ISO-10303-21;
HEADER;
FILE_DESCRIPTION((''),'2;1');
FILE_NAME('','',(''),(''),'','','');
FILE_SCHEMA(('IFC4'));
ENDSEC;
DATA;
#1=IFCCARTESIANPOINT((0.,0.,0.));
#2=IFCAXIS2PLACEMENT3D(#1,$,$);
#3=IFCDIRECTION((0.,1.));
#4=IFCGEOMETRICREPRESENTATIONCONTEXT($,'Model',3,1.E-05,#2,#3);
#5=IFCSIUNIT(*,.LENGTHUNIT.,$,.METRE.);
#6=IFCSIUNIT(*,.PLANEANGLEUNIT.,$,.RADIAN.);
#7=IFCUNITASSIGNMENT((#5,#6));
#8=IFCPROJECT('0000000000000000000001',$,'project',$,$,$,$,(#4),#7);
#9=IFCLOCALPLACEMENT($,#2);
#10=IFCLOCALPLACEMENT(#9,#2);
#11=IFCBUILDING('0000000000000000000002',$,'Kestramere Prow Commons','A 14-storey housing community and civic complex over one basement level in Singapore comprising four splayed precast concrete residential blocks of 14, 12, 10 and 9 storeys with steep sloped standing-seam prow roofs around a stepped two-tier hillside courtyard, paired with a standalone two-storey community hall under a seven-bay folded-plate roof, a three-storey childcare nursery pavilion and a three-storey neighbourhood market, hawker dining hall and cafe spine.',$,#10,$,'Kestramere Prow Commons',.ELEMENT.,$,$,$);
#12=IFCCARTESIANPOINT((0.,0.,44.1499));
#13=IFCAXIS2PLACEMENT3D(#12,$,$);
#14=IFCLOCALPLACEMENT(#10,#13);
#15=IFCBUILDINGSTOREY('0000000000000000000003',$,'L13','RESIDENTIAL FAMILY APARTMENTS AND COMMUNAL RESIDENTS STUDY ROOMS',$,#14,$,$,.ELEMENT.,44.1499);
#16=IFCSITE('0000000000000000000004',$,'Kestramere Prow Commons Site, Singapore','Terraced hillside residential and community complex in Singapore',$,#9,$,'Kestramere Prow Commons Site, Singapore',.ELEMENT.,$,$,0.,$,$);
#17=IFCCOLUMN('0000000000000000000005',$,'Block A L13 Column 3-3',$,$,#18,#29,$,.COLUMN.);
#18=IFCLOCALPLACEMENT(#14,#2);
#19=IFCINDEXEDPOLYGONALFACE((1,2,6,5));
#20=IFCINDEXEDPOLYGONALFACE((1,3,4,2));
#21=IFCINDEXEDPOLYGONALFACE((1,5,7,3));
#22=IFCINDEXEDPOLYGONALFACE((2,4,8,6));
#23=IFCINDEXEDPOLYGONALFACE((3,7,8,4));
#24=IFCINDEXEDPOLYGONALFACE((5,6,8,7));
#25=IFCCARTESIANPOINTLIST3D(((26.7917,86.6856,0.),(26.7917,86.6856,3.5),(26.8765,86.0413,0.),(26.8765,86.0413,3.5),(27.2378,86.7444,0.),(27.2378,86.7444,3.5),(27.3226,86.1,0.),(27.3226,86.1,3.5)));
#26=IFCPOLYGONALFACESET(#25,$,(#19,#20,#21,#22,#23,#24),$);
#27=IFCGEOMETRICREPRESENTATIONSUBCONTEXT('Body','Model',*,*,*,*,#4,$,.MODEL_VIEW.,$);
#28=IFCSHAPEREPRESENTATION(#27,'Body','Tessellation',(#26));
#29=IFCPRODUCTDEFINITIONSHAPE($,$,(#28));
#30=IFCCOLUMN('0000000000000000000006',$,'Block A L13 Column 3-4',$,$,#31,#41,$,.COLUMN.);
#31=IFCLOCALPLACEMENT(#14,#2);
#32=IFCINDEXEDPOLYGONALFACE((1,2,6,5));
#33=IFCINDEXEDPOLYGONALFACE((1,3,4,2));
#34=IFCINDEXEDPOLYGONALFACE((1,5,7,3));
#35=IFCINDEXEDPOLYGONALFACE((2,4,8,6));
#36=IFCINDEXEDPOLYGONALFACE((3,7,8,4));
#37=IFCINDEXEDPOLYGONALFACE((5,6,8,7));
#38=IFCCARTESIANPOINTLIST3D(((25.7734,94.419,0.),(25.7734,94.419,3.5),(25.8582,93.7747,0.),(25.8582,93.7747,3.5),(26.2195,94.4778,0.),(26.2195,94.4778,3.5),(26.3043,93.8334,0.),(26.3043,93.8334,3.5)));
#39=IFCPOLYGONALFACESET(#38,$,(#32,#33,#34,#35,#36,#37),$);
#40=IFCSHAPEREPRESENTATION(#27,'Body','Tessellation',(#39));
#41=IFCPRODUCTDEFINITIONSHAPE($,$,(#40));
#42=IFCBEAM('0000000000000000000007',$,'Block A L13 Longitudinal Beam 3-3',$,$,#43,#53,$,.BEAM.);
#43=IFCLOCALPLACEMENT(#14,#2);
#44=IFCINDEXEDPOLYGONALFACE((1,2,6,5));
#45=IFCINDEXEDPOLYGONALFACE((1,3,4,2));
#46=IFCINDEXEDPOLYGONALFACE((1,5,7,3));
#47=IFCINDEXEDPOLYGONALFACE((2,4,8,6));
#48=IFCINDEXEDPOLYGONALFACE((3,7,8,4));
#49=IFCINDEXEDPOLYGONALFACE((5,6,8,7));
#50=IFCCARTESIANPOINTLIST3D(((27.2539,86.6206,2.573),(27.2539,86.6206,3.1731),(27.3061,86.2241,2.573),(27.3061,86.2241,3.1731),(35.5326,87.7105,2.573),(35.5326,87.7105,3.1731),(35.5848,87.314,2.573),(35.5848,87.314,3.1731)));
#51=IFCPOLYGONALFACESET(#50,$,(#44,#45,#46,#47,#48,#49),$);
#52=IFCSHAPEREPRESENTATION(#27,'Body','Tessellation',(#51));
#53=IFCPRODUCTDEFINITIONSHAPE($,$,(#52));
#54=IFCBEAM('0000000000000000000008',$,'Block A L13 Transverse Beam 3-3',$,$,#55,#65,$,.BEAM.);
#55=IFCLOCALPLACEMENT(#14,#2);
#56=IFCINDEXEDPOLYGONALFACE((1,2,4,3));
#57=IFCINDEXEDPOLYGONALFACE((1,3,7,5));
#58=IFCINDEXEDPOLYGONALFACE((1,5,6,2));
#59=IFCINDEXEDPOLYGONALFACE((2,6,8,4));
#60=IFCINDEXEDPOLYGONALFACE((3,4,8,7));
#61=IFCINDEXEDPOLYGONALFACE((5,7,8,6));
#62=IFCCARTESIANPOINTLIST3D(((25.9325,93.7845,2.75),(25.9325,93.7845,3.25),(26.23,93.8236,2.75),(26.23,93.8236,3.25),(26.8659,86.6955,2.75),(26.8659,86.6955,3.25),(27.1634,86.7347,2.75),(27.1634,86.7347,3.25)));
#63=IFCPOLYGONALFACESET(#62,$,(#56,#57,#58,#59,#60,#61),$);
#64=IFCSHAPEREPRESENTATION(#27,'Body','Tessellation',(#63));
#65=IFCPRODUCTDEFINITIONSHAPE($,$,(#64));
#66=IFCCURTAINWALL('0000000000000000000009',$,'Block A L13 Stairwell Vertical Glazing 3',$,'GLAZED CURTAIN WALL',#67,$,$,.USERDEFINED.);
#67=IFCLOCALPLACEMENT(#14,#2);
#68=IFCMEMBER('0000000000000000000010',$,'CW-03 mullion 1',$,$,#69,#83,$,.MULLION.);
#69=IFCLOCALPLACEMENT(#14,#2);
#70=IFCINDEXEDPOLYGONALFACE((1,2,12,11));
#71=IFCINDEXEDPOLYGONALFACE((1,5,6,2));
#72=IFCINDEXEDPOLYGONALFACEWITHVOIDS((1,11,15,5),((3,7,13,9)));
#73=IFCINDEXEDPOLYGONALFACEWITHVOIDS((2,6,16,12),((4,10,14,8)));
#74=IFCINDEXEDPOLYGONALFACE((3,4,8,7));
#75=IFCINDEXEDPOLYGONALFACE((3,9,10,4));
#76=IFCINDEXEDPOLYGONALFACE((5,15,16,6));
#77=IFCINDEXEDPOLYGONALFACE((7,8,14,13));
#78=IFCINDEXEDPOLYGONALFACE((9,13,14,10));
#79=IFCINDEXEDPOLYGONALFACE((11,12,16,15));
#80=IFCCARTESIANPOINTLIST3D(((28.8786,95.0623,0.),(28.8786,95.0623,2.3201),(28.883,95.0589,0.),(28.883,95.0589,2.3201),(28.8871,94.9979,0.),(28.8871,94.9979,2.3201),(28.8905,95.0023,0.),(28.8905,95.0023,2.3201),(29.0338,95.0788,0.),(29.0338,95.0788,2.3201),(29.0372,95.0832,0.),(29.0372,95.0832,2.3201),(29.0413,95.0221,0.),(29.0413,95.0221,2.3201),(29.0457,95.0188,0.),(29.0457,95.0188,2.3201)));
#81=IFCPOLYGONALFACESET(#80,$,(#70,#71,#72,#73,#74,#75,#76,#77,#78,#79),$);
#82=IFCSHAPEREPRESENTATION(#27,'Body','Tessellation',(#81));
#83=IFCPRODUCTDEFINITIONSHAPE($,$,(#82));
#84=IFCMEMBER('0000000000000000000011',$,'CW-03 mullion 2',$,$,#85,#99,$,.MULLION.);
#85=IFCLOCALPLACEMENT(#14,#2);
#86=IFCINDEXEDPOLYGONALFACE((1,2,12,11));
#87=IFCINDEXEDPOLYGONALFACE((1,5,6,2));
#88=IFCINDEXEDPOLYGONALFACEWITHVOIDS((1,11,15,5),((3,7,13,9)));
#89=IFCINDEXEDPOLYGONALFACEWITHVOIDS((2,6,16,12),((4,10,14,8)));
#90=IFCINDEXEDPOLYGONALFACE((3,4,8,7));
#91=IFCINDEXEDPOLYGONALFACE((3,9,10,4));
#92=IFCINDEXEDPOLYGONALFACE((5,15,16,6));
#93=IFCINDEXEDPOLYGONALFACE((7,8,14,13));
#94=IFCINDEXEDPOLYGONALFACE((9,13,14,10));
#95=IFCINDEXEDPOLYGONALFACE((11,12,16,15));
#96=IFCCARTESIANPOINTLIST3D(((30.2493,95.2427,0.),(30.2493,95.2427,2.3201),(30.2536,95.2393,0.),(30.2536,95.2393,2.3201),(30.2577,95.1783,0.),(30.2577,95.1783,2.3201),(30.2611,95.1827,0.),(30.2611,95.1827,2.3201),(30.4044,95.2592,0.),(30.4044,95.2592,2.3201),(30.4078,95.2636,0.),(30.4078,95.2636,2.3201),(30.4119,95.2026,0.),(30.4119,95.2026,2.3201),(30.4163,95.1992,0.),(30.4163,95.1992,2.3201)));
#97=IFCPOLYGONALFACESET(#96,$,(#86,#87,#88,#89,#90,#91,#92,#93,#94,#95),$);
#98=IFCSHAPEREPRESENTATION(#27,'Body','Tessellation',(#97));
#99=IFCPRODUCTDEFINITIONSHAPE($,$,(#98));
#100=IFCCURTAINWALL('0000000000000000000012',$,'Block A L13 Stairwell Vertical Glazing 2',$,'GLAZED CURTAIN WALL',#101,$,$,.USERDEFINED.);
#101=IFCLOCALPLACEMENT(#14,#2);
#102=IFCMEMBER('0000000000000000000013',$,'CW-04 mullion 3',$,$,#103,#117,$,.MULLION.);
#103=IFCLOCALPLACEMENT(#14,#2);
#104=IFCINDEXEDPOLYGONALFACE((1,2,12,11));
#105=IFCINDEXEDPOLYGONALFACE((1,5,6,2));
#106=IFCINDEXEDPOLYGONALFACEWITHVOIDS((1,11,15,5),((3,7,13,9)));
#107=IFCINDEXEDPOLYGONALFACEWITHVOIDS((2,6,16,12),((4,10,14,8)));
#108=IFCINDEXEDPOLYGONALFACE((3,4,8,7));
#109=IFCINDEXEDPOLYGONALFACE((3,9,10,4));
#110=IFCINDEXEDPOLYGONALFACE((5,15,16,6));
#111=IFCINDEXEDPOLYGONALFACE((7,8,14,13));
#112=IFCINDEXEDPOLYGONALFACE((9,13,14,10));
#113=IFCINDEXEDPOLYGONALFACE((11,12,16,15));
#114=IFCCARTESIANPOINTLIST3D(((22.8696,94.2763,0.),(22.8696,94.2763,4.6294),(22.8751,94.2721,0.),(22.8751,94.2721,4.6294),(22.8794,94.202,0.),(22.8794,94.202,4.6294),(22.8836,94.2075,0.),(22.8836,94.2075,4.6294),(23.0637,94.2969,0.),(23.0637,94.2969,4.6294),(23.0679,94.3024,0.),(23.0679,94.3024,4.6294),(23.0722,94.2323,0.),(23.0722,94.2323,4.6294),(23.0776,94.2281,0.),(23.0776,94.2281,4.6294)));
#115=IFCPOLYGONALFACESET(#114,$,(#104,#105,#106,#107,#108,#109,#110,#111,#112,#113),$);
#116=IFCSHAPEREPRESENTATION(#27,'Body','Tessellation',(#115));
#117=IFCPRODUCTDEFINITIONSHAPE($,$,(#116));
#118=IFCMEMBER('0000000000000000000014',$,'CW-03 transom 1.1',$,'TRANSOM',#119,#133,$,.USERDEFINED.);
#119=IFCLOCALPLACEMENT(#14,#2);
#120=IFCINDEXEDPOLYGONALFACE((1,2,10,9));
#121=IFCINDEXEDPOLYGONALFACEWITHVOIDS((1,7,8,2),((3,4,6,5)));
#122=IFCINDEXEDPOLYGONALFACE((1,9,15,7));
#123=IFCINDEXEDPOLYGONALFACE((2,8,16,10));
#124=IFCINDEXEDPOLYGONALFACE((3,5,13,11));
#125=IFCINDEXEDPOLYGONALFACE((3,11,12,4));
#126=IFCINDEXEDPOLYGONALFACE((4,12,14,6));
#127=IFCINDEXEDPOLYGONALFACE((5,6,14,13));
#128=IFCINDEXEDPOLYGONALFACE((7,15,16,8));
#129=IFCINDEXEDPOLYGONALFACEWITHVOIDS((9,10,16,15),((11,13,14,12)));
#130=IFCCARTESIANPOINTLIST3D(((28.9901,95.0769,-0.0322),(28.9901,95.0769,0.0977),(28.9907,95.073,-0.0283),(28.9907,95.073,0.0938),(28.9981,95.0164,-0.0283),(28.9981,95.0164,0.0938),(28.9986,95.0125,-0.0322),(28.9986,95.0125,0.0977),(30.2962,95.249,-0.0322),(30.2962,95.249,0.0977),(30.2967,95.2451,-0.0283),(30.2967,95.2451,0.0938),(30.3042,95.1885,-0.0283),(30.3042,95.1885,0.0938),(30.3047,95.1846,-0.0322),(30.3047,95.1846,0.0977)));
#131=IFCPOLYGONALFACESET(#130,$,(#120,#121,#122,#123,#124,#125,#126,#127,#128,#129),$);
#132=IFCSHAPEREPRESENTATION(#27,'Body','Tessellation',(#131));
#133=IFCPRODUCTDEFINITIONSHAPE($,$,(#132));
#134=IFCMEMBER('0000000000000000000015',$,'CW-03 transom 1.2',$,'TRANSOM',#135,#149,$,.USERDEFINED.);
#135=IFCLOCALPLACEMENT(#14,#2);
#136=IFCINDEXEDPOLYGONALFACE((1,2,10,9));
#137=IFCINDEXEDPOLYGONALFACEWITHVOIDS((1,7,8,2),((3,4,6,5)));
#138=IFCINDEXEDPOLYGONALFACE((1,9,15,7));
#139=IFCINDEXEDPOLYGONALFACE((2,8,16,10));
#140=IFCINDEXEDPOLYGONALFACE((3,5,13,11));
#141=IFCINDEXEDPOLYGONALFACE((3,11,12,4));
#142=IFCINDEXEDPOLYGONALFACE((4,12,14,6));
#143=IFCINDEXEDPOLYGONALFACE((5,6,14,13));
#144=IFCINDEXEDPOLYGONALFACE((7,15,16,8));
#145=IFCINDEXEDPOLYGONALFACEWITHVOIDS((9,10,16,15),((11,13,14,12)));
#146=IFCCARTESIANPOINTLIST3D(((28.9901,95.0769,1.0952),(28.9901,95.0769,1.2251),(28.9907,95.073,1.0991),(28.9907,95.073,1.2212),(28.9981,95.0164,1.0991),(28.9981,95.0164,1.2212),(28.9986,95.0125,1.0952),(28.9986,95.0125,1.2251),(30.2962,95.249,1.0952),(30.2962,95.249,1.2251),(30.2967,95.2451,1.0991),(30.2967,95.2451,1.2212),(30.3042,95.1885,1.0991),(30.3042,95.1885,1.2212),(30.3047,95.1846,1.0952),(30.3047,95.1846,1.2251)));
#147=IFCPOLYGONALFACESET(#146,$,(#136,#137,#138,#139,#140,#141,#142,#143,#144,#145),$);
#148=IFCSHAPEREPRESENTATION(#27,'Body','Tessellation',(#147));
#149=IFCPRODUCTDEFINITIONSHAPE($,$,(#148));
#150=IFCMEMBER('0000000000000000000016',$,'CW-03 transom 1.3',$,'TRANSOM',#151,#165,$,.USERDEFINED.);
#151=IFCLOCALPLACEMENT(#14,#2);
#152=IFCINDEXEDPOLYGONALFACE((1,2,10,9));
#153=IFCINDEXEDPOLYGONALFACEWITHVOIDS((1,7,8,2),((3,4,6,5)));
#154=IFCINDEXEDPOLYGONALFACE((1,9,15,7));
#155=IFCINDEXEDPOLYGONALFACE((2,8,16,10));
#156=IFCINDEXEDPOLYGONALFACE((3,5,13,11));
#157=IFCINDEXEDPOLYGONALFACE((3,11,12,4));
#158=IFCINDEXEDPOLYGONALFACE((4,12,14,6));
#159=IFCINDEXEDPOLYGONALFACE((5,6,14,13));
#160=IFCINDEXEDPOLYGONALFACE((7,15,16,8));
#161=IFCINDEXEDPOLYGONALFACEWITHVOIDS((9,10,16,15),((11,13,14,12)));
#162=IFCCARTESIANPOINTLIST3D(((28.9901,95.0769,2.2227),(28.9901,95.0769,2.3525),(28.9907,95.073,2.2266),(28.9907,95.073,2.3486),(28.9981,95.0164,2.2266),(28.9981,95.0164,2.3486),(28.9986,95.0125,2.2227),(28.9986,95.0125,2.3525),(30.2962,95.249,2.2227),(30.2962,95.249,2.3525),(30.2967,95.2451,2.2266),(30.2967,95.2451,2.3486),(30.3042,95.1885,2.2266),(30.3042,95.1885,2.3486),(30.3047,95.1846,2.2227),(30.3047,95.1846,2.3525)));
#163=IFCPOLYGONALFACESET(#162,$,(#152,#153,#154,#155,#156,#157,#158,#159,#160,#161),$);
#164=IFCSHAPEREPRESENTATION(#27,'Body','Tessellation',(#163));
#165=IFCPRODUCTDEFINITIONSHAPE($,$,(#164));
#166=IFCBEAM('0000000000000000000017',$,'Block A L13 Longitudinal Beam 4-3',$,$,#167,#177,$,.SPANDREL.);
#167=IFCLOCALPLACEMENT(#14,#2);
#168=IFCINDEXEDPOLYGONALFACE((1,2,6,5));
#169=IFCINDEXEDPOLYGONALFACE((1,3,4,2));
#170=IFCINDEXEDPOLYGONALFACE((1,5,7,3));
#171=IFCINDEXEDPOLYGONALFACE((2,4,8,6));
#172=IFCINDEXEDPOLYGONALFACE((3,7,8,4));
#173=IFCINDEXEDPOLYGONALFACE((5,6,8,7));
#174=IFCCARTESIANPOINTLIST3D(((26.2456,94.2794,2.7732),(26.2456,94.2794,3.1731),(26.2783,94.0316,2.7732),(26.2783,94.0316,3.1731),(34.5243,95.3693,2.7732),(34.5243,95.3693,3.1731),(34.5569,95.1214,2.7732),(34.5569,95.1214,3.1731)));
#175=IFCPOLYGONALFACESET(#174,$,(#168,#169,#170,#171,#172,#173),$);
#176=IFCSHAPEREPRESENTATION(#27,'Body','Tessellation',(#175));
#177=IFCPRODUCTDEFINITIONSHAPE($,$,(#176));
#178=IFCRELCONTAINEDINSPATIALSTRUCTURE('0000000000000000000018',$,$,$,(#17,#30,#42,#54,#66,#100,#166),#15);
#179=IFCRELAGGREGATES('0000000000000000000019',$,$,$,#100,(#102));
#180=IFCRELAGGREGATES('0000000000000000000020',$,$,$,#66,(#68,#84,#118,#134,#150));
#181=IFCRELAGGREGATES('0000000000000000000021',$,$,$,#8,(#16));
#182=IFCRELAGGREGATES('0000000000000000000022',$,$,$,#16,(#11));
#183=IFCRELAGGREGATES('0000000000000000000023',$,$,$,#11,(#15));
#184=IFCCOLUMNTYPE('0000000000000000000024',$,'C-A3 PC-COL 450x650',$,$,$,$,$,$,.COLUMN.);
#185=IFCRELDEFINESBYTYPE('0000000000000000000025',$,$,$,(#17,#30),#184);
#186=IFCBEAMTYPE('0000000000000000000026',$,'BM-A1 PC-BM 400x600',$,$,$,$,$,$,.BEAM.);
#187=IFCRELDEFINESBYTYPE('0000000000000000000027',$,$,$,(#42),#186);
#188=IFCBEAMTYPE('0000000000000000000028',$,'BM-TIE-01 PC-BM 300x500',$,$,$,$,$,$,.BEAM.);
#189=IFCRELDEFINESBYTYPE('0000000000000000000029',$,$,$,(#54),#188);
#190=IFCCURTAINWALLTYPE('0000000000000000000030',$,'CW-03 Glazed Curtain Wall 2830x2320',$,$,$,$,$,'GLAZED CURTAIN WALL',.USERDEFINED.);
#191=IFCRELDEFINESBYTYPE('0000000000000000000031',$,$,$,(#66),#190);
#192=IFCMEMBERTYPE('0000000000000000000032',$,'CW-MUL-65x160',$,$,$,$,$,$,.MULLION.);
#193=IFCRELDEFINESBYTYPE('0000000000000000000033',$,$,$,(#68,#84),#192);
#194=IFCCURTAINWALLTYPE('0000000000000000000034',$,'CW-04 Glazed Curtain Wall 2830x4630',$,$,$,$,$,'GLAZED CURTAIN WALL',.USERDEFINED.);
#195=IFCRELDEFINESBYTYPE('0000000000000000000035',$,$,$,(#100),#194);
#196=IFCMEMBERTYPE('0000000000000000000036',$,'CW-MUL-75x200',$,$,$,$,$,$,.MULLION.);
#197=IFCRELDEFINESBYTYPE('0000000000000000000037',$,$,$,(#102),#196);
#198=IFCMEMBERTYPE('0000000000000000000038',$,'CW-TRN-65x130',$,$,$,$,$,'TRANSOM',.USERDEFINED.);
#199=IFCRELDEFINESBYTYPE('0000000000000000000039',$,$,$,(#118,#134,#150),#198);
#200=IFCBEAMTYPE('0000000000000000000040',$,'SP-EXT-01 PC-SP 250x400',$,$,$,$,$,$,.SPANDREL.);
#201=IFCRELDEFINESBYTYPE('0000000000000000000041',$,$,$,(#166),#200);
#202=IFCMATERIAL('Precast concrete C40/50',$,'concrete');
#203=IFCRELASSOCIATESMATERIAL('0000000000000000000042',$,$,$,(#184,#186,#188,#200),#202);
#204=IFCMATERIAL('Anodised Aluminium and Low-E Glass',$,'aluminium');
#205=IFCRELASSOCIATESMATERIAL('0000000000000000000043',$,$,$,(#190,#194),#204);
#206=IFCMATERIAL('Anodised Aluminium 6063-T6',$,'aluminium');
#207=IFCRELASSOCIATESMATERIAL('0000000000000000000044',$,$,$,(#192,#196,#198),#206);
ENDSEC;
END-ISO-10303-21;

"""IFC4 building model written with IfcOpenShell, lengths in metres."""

from ifc_helpers import new_model, si_unit, direction, frame, origin, origin_2d, place, context, subcontext, project, spatial, rectangle, hollow_rectangle, extrude, material, material_profile, profile_set, type_object, element, aggregate, save


model = new_model("IFC4")

# Units and contexts
model_context = context("Model", 3, precision=1e-05, world=origin(), true_north=direction((0.0, 1.0)))
body_context = subcontext(model_context, "Body", "Model", "MODEL_VIEW")
ifc_project = project(units=[si_unit("LENGTHUNIT", "METRE"), si_unit("PLANEANGLEUNIT", "RADIAN")], contexts=[model_context])

# Site, building, storey
site_placement = place(None, origin())
site = spatial("IfcSite", under=ifc_project, at=site_placement, Name="Kestramere Prow Commons Site, Singapore", Description="Terraced hillside residential and community complex in Singapore", LongName="Kestramere Prow Commons Site, Singapore", CompositionType="ELEMENT", RefElevation=0.0)
building_placement = place(site_placement, origin())
building = spatial("IfcBuilding", under=site, at=building_placement, Name="Kestramere Prow Commons", Description="A 14-storey housing community and civic complex over one basement level in Singapore comprising four splayed precast concrete residential blocks of 14, 12, 10 and 9 storeys with steep sloped standing-seam prow roofs around a stepped two-tier hillside courtyard, paired with a standalone two-storey community hall under a seven-bay folded-plate roof, a three-storey childcare nursery pavilion and a three-storey neighbourhood market, hawker dining hall and cafe spine.", LongName="Kestramere Prow Commons", CompositionType="ELEMENT")
storey_placement = place(building_placement, frame((0.0, 0.0, 44.1499)))
storey = spatial("IfcBuildingStorey", under=building, at=storey_placement, Name="L13", Description="RESIDENTIAL FAMILY APARTMENTS AND COMMUNAL RESIDENTS STUDY ROOMS", CompositionType="ELEMENT", Elevation=44.1499)

# Columns
ifc_material_1 = material(Name="Precast concrete C40/50", Category="concrete")
ifc_material_profile_1 = material_profile(ifc_material_1, rectangle(XDim=0.45, YDim=0.6499, at=origin_2d()), Name="PC-COL 450x650")
ifc_profile_set_1 = profile_set([ifc_material_profile_1], Name="Precast concrete C40/50")
column_type = type_object("IfcColumnType", Name="C-A3 PC-COL 450x650", PredefinedType="COLUMN", material=ifc_profile_set_1)
for number, where, z_axis, x_axis, name in (
    (1, (27.0571, 86.3928, 0.0), (0.0, 0.0, 1.0), (0.991445, 0.130526, 0.0), "Block A L13 Column 3-3"),
    (2, (26.0388, 94.1262, 0.0), (0.0, 0.0, 1.0), (0.991445, 0.130526, 0.0), "Block A L13 Column 3-4"),
):
    element("IfcColumn", number, at=place(storey_placement, frame(where, z_axis=z_axis, x_axis=x_axis)), inside=storey, type_object=column_type, Name=name, PredefinedType="COLUMN", context=body_context, shape_type="SweptSolid", body=[
        extrude(rectangle(XDim=0.45, YDim=0.6499, at=origin_2d()), origin(), (0.0, 0.0, 1.0), 3.5),
    ])

# Beams
ifc_material_profile_2 = material_profile(ifc_material_1, rectangle(XDim=0.3999, YDim=0.6001, at=origin_2d()), Name="PC-BM 400x600")
ifc_profile_set_2 = profile_set([ifc_material_profile_2], Name="Precast concrete C40/50")
beam_type_1 = type_object("IfcBeamType", Name="BM-A1 PC-BM 400x600", PredefinedType="BEAM", material=ifc_profile_set_2)
beam_1_placement = place(storey_placement, frame((27.28, 86.4224, 2.873), z_axis=(0.991446, 0.13052, 0.0), x_axis=(-0.13052, 0.991446, 0.0)))
element("IfcBeam", 3, at=beam_1_placement, inside=storey, type_object=beam_type_1, Name="Block A L13 Longitudinal Beam 3-3", PredefinedType="BEAM", context=body_context, shape_type="SweptSolid", body=[
    extrude(rectangle(XDim=0.3999, YDim=0.6001, at=origin_2d()), origin(), (0.0, 0.0, 1.0), 8.3501),
])
ifc_material_profile_3 = material_profile(ifc_material_1, rectangle(XDim=0.3, YDim=0.5, at=origin_2d()), Name="PC-BM 300x500")
ifc_profile_set_3 = profile_set([ifc_material_profile_3], Name="Precast concrete C40/50")
beam_type_2 = type_object("IfcBeamType", Name="BM-TIE-01 PC-BM 300x500", PredefinedType="BEAM", material=ifc_profile_set_3)
beam_2_placement = place(storey_placement, frame((27.0146, 86.7151, 3.0), z_axis=(-0.130538, 0.991443, 0.0), x_axis=(-0.991443, -0.130538, 0.0)))
element("IfcBeam", 4, at=beam_2_placement, inside=storey, type_object=beam_type_2, Name="Block A L13 Transverse Beam 3-3", PredefinedType="BEAM", context=body_context, shape_type="SweptSolid", body=[
    extrude(rectangle(XDim=0.3, YDim=0.5, at=origin_2d()), origin(), (0.0, 0.0, 1.0), 7.1501),
])

# Curtain wall, members
ifc_material_2 = material(Name="Anodised Aluminium and Low-E Glass", Category="aluminium")
curtain_wall_type_1 = type_object("IfcCurtainWallType", Name="CW-03 Glazed Curtain Wall 2830x2320", ElementType="GLAZED CURTAIN WALL", PredefinedType="USERDEFINED", material=ifc_material_2)
curtain_wall_1_placement = place(storey_placement, origin())
curtain_wall_1 = element("IfcCurtainWall", 5, at=curtain_wall_1_placement, inside=storey, type_object=curtain_wall_type_1, Name="Block A L13 Stairwell Vertical Glazing 3", ObjectType="GLAZED CURTAIN WALL", PredefinedType="USERDEFINED")
ifc_material_3 = material(Name="Anodised Aluminium 6063-T6", Category="aluminium")
ifc_material_profile_4 = material_profile(ifc_material_3, hollow_rectangle(XDim=0.0649, YDim=0.1599, WallThickness=0.0039, at=origin_2d()), Name="ALU-MUL 65x160")
ifc_profile_set_4 = profile_set([ifc_material_profile_4], Name="Anodised Aluminium 6063-T6")
member_type_1 = type_object("IfcMemberType", Name="CW-MUL-65x160", PredefinedType="MULLION", material=ifc_profile_set_4)
member_1_placement = place(storey_placement, frame((28.9622, 95.0405, 0.0), z_axis=(0.0, 0.0, 1.0), x_axis=(-0.130526, 0.991445, 0.0)))
member_1 = element("IfcMember", 6, at=member_1_placement, type_object=member_type_1, Name="CW-03 mullion 1", PredefinedType="MULLION", context=body_context, shape_type="SweptSolid", body=[
    extrude(hollow_rectangle(XDim=0.0649, YDim=0.1599, WallThickness=0.0039, at=origin_2d()), origin(), (0.0, 0.0, 1.0), 2.3201),
])
member_2_placement = place(storey_placement, frame((30.3328, 95.2209, 0.0), z_axis=(0.0, 0.0, 1.0), x_axis=(-0.130526, 0.991445, 0.0)))
member_2 = element("IfcMember", 7, at=member_2_placement, type_object=member_type_1, Name="CW-03 mullion 2", PredefinedType="MULLION", context=body_context, shape_type="SweptSolid", body=[
    extrude(hollow_rectangle(XDim=0.0649, YDim=0.1599, WallThickness=0.0039, at=origin_2d()), origin(), (0.0, 0.0, 1.0), 2.3201),
])

# Curtain wall, member
curtain_wall_type_2 = type_object("IfcCurtainWallType", Name="CW-04 Glazed Curtain Wall 2830x4630", ElementType="GLAZED CURTAIN WALL", PredefinedType="USERDEFINED", material=ifc_material_2)
curtain_wall_2_placement = place(storey_placement, origin())
curtain_wall_2 = element("IfcCurtainWall", 8, at=curtain_wall_2_placement, inside=storey, type_object=curtain_wall_type_2, Name="Block A L13 Stairwell Vertical Glazing 2", ObjectType="GLAZED CURTAIN WALL", PredefinedType="USERDEFINED")
ifc_material_profile_5 = material_profile(ifc_material_3, hollow_rectangle(XDim=0.075, YDim=0.2, WallThickness=0.0049, at=origin_2d()), Name="ALU-MUL 75x200")
ifc_profile_set_5 = profile_set([ifc_material_profile_5], Name="Anodised Aluminium 6063-T6")
member_type_2 = type_object("IfcMemberType", Name="CW-MUL-75x200", PredefinedType="MULLION", material=ifc_profile_set_5)
member_3_placement = place(storey_placement, frame((22.9736, 94.2522, 0.0), z_axis=(0.0, 0.0, 1.0), x_axis=(-0.130526, 0.991445, 0.0)))
member_3 = element("IfcMember", 9, at=member_3_placement, type_object=member_type_2, Name="CW-04 mullion 3", PredefinedType="MULLION", context=body_context, shape_type="SweptSolid", body=[
    extrude(hollow_rectangle(XDim=0.075, YDim=0.2, WallThickness=0.0049, at=origin_2d()), origin(), (0.0, 0.0, 1.0), 4.6294),
])

# Members
ifc_material_profile_6 = material_profile(ifc_material_3, hollow_rectangle(XDim=0.0649, YDim=0.1299, WallThickness=0.0039, at=origin_2d()), Name="ALU-TRN 65x130")
ifc_profile_set_6 = profile_set([ifc_material_profile_6], Name="Anodised Aluminium 6063-T6")
member_type_3 = type_object("IfcMemberType", Name="CW-TRN-65x130", ElementType="TRANSOM", PredefinedType="USERDEFINED", material=ifc_profile_set_6)
member_4_placement = place(storey_placement, frame((28.9944, 95.0447, 0.0327), z_axis=(0.991429, 0.130646, 0.0), x_axis=(-0.130646, 0.991429, 0.0)))
member_4 = element("IfcMember", 10, at=member_4_placement, type_object=member_type_3, Name="CW-03 transom 1.1", ObjectType="TRANSOM", PredefinedType="USERDEFINED", context=body_context, shape_type="SweptSolid", body=[
    extrude(hollow_rectangle(XDim=0.0649, YDim=0.1299, WallThickness=0.0039, at=origin_2d()), origin(), (0.0, 0.0, 1.0), 1.3174),
])
member_5_placement = place(storey_placement, frame((28.9944, 95.0447, 1.1602), z_axis=(0.991429, 0.130646, 0.0), x_axis=(-0.130646, 0.991429, 0.0)))
member_5 = element("IfcMember", 11, at=member_5_placement, type_object=member_type_3, Name="CW-03 transom 1.2", ObjectType="TRANSOM", PredefinedType="USERDEFINED", context=body_context, shape_type="SweptSolid", body=[
    extrude(hollow_rectangle(XDim=0.0649, YDim=0.1299, WallThickness=0.0039, at=origin_2d()), origin(), (0.0, 0.0, 1.0), 1.3174),
])
member_6_placement = place(storey_placement, frame((28.9944, 95.0447, 2.2876), z_axis=(0.991429, 0.130646, 0.0), x_axis=(-0.130646, 0.991429, 0.0)))
member_6 = element("IfcMember", 12, at=member_6_placement, type_object=member_type_3, Name="CW-03 transom 1.3", ObjectType="TRANSOM", PredefinedType="USERDEFINED", context=body_context, shape_type="SweptSolid", body=[
    extrude(hollow_rectangle(XDim=0.0649, YDim=0.1299, WallThickness=0.0039, at=origin_2d()), origin(), (0.0, 0.0, 1.0), 1.3174),
])

# Beam
ifc_material_profile_7 = material_profile(ifc_material_1, rectangle(XDim=0.25, YDim=0.3999, at=origin_2d()), Name="PC-SP 250x400")
ifc_profile_set_7 = profile_set([ifc_material_profile_7], Name="Precast concrete C40/50")
beam_type_3 = type_object("IfcBeamType", Name="SP-EXT-01 PC-SP 250x400", PredefinedType="SPANDREL", material=ifc_profile_set_7)
beam_3_placement = place(storey_placement, frame((26.262, 94.1555, 2.9731), z_axis=(0.991446, 0.13052, 0.0), x_axis=(-0.13052, 0.991446, 0.0)))
element("IfcBeam", 13, at=beam_3_placement, inside=storey, type_object=beam_type_3, Name="Block A L13 Longitudinal Beam 4-3", PredefinedType="SPANDREL", context=body_context, shape_type="SweptSolid", body=[
    extrude(rectangle(XDim=0.25, YDim=0.3999, at=origin_2d()), origin(), (0.0, 0.0, 1.0), 8.3501),
])

aggregate(curtain_wall_2, [member_3])
aggregate(curtain_wall_1, [member_1, member_2, member_4, member_5, member_6])

save(model, "model.ifc")
